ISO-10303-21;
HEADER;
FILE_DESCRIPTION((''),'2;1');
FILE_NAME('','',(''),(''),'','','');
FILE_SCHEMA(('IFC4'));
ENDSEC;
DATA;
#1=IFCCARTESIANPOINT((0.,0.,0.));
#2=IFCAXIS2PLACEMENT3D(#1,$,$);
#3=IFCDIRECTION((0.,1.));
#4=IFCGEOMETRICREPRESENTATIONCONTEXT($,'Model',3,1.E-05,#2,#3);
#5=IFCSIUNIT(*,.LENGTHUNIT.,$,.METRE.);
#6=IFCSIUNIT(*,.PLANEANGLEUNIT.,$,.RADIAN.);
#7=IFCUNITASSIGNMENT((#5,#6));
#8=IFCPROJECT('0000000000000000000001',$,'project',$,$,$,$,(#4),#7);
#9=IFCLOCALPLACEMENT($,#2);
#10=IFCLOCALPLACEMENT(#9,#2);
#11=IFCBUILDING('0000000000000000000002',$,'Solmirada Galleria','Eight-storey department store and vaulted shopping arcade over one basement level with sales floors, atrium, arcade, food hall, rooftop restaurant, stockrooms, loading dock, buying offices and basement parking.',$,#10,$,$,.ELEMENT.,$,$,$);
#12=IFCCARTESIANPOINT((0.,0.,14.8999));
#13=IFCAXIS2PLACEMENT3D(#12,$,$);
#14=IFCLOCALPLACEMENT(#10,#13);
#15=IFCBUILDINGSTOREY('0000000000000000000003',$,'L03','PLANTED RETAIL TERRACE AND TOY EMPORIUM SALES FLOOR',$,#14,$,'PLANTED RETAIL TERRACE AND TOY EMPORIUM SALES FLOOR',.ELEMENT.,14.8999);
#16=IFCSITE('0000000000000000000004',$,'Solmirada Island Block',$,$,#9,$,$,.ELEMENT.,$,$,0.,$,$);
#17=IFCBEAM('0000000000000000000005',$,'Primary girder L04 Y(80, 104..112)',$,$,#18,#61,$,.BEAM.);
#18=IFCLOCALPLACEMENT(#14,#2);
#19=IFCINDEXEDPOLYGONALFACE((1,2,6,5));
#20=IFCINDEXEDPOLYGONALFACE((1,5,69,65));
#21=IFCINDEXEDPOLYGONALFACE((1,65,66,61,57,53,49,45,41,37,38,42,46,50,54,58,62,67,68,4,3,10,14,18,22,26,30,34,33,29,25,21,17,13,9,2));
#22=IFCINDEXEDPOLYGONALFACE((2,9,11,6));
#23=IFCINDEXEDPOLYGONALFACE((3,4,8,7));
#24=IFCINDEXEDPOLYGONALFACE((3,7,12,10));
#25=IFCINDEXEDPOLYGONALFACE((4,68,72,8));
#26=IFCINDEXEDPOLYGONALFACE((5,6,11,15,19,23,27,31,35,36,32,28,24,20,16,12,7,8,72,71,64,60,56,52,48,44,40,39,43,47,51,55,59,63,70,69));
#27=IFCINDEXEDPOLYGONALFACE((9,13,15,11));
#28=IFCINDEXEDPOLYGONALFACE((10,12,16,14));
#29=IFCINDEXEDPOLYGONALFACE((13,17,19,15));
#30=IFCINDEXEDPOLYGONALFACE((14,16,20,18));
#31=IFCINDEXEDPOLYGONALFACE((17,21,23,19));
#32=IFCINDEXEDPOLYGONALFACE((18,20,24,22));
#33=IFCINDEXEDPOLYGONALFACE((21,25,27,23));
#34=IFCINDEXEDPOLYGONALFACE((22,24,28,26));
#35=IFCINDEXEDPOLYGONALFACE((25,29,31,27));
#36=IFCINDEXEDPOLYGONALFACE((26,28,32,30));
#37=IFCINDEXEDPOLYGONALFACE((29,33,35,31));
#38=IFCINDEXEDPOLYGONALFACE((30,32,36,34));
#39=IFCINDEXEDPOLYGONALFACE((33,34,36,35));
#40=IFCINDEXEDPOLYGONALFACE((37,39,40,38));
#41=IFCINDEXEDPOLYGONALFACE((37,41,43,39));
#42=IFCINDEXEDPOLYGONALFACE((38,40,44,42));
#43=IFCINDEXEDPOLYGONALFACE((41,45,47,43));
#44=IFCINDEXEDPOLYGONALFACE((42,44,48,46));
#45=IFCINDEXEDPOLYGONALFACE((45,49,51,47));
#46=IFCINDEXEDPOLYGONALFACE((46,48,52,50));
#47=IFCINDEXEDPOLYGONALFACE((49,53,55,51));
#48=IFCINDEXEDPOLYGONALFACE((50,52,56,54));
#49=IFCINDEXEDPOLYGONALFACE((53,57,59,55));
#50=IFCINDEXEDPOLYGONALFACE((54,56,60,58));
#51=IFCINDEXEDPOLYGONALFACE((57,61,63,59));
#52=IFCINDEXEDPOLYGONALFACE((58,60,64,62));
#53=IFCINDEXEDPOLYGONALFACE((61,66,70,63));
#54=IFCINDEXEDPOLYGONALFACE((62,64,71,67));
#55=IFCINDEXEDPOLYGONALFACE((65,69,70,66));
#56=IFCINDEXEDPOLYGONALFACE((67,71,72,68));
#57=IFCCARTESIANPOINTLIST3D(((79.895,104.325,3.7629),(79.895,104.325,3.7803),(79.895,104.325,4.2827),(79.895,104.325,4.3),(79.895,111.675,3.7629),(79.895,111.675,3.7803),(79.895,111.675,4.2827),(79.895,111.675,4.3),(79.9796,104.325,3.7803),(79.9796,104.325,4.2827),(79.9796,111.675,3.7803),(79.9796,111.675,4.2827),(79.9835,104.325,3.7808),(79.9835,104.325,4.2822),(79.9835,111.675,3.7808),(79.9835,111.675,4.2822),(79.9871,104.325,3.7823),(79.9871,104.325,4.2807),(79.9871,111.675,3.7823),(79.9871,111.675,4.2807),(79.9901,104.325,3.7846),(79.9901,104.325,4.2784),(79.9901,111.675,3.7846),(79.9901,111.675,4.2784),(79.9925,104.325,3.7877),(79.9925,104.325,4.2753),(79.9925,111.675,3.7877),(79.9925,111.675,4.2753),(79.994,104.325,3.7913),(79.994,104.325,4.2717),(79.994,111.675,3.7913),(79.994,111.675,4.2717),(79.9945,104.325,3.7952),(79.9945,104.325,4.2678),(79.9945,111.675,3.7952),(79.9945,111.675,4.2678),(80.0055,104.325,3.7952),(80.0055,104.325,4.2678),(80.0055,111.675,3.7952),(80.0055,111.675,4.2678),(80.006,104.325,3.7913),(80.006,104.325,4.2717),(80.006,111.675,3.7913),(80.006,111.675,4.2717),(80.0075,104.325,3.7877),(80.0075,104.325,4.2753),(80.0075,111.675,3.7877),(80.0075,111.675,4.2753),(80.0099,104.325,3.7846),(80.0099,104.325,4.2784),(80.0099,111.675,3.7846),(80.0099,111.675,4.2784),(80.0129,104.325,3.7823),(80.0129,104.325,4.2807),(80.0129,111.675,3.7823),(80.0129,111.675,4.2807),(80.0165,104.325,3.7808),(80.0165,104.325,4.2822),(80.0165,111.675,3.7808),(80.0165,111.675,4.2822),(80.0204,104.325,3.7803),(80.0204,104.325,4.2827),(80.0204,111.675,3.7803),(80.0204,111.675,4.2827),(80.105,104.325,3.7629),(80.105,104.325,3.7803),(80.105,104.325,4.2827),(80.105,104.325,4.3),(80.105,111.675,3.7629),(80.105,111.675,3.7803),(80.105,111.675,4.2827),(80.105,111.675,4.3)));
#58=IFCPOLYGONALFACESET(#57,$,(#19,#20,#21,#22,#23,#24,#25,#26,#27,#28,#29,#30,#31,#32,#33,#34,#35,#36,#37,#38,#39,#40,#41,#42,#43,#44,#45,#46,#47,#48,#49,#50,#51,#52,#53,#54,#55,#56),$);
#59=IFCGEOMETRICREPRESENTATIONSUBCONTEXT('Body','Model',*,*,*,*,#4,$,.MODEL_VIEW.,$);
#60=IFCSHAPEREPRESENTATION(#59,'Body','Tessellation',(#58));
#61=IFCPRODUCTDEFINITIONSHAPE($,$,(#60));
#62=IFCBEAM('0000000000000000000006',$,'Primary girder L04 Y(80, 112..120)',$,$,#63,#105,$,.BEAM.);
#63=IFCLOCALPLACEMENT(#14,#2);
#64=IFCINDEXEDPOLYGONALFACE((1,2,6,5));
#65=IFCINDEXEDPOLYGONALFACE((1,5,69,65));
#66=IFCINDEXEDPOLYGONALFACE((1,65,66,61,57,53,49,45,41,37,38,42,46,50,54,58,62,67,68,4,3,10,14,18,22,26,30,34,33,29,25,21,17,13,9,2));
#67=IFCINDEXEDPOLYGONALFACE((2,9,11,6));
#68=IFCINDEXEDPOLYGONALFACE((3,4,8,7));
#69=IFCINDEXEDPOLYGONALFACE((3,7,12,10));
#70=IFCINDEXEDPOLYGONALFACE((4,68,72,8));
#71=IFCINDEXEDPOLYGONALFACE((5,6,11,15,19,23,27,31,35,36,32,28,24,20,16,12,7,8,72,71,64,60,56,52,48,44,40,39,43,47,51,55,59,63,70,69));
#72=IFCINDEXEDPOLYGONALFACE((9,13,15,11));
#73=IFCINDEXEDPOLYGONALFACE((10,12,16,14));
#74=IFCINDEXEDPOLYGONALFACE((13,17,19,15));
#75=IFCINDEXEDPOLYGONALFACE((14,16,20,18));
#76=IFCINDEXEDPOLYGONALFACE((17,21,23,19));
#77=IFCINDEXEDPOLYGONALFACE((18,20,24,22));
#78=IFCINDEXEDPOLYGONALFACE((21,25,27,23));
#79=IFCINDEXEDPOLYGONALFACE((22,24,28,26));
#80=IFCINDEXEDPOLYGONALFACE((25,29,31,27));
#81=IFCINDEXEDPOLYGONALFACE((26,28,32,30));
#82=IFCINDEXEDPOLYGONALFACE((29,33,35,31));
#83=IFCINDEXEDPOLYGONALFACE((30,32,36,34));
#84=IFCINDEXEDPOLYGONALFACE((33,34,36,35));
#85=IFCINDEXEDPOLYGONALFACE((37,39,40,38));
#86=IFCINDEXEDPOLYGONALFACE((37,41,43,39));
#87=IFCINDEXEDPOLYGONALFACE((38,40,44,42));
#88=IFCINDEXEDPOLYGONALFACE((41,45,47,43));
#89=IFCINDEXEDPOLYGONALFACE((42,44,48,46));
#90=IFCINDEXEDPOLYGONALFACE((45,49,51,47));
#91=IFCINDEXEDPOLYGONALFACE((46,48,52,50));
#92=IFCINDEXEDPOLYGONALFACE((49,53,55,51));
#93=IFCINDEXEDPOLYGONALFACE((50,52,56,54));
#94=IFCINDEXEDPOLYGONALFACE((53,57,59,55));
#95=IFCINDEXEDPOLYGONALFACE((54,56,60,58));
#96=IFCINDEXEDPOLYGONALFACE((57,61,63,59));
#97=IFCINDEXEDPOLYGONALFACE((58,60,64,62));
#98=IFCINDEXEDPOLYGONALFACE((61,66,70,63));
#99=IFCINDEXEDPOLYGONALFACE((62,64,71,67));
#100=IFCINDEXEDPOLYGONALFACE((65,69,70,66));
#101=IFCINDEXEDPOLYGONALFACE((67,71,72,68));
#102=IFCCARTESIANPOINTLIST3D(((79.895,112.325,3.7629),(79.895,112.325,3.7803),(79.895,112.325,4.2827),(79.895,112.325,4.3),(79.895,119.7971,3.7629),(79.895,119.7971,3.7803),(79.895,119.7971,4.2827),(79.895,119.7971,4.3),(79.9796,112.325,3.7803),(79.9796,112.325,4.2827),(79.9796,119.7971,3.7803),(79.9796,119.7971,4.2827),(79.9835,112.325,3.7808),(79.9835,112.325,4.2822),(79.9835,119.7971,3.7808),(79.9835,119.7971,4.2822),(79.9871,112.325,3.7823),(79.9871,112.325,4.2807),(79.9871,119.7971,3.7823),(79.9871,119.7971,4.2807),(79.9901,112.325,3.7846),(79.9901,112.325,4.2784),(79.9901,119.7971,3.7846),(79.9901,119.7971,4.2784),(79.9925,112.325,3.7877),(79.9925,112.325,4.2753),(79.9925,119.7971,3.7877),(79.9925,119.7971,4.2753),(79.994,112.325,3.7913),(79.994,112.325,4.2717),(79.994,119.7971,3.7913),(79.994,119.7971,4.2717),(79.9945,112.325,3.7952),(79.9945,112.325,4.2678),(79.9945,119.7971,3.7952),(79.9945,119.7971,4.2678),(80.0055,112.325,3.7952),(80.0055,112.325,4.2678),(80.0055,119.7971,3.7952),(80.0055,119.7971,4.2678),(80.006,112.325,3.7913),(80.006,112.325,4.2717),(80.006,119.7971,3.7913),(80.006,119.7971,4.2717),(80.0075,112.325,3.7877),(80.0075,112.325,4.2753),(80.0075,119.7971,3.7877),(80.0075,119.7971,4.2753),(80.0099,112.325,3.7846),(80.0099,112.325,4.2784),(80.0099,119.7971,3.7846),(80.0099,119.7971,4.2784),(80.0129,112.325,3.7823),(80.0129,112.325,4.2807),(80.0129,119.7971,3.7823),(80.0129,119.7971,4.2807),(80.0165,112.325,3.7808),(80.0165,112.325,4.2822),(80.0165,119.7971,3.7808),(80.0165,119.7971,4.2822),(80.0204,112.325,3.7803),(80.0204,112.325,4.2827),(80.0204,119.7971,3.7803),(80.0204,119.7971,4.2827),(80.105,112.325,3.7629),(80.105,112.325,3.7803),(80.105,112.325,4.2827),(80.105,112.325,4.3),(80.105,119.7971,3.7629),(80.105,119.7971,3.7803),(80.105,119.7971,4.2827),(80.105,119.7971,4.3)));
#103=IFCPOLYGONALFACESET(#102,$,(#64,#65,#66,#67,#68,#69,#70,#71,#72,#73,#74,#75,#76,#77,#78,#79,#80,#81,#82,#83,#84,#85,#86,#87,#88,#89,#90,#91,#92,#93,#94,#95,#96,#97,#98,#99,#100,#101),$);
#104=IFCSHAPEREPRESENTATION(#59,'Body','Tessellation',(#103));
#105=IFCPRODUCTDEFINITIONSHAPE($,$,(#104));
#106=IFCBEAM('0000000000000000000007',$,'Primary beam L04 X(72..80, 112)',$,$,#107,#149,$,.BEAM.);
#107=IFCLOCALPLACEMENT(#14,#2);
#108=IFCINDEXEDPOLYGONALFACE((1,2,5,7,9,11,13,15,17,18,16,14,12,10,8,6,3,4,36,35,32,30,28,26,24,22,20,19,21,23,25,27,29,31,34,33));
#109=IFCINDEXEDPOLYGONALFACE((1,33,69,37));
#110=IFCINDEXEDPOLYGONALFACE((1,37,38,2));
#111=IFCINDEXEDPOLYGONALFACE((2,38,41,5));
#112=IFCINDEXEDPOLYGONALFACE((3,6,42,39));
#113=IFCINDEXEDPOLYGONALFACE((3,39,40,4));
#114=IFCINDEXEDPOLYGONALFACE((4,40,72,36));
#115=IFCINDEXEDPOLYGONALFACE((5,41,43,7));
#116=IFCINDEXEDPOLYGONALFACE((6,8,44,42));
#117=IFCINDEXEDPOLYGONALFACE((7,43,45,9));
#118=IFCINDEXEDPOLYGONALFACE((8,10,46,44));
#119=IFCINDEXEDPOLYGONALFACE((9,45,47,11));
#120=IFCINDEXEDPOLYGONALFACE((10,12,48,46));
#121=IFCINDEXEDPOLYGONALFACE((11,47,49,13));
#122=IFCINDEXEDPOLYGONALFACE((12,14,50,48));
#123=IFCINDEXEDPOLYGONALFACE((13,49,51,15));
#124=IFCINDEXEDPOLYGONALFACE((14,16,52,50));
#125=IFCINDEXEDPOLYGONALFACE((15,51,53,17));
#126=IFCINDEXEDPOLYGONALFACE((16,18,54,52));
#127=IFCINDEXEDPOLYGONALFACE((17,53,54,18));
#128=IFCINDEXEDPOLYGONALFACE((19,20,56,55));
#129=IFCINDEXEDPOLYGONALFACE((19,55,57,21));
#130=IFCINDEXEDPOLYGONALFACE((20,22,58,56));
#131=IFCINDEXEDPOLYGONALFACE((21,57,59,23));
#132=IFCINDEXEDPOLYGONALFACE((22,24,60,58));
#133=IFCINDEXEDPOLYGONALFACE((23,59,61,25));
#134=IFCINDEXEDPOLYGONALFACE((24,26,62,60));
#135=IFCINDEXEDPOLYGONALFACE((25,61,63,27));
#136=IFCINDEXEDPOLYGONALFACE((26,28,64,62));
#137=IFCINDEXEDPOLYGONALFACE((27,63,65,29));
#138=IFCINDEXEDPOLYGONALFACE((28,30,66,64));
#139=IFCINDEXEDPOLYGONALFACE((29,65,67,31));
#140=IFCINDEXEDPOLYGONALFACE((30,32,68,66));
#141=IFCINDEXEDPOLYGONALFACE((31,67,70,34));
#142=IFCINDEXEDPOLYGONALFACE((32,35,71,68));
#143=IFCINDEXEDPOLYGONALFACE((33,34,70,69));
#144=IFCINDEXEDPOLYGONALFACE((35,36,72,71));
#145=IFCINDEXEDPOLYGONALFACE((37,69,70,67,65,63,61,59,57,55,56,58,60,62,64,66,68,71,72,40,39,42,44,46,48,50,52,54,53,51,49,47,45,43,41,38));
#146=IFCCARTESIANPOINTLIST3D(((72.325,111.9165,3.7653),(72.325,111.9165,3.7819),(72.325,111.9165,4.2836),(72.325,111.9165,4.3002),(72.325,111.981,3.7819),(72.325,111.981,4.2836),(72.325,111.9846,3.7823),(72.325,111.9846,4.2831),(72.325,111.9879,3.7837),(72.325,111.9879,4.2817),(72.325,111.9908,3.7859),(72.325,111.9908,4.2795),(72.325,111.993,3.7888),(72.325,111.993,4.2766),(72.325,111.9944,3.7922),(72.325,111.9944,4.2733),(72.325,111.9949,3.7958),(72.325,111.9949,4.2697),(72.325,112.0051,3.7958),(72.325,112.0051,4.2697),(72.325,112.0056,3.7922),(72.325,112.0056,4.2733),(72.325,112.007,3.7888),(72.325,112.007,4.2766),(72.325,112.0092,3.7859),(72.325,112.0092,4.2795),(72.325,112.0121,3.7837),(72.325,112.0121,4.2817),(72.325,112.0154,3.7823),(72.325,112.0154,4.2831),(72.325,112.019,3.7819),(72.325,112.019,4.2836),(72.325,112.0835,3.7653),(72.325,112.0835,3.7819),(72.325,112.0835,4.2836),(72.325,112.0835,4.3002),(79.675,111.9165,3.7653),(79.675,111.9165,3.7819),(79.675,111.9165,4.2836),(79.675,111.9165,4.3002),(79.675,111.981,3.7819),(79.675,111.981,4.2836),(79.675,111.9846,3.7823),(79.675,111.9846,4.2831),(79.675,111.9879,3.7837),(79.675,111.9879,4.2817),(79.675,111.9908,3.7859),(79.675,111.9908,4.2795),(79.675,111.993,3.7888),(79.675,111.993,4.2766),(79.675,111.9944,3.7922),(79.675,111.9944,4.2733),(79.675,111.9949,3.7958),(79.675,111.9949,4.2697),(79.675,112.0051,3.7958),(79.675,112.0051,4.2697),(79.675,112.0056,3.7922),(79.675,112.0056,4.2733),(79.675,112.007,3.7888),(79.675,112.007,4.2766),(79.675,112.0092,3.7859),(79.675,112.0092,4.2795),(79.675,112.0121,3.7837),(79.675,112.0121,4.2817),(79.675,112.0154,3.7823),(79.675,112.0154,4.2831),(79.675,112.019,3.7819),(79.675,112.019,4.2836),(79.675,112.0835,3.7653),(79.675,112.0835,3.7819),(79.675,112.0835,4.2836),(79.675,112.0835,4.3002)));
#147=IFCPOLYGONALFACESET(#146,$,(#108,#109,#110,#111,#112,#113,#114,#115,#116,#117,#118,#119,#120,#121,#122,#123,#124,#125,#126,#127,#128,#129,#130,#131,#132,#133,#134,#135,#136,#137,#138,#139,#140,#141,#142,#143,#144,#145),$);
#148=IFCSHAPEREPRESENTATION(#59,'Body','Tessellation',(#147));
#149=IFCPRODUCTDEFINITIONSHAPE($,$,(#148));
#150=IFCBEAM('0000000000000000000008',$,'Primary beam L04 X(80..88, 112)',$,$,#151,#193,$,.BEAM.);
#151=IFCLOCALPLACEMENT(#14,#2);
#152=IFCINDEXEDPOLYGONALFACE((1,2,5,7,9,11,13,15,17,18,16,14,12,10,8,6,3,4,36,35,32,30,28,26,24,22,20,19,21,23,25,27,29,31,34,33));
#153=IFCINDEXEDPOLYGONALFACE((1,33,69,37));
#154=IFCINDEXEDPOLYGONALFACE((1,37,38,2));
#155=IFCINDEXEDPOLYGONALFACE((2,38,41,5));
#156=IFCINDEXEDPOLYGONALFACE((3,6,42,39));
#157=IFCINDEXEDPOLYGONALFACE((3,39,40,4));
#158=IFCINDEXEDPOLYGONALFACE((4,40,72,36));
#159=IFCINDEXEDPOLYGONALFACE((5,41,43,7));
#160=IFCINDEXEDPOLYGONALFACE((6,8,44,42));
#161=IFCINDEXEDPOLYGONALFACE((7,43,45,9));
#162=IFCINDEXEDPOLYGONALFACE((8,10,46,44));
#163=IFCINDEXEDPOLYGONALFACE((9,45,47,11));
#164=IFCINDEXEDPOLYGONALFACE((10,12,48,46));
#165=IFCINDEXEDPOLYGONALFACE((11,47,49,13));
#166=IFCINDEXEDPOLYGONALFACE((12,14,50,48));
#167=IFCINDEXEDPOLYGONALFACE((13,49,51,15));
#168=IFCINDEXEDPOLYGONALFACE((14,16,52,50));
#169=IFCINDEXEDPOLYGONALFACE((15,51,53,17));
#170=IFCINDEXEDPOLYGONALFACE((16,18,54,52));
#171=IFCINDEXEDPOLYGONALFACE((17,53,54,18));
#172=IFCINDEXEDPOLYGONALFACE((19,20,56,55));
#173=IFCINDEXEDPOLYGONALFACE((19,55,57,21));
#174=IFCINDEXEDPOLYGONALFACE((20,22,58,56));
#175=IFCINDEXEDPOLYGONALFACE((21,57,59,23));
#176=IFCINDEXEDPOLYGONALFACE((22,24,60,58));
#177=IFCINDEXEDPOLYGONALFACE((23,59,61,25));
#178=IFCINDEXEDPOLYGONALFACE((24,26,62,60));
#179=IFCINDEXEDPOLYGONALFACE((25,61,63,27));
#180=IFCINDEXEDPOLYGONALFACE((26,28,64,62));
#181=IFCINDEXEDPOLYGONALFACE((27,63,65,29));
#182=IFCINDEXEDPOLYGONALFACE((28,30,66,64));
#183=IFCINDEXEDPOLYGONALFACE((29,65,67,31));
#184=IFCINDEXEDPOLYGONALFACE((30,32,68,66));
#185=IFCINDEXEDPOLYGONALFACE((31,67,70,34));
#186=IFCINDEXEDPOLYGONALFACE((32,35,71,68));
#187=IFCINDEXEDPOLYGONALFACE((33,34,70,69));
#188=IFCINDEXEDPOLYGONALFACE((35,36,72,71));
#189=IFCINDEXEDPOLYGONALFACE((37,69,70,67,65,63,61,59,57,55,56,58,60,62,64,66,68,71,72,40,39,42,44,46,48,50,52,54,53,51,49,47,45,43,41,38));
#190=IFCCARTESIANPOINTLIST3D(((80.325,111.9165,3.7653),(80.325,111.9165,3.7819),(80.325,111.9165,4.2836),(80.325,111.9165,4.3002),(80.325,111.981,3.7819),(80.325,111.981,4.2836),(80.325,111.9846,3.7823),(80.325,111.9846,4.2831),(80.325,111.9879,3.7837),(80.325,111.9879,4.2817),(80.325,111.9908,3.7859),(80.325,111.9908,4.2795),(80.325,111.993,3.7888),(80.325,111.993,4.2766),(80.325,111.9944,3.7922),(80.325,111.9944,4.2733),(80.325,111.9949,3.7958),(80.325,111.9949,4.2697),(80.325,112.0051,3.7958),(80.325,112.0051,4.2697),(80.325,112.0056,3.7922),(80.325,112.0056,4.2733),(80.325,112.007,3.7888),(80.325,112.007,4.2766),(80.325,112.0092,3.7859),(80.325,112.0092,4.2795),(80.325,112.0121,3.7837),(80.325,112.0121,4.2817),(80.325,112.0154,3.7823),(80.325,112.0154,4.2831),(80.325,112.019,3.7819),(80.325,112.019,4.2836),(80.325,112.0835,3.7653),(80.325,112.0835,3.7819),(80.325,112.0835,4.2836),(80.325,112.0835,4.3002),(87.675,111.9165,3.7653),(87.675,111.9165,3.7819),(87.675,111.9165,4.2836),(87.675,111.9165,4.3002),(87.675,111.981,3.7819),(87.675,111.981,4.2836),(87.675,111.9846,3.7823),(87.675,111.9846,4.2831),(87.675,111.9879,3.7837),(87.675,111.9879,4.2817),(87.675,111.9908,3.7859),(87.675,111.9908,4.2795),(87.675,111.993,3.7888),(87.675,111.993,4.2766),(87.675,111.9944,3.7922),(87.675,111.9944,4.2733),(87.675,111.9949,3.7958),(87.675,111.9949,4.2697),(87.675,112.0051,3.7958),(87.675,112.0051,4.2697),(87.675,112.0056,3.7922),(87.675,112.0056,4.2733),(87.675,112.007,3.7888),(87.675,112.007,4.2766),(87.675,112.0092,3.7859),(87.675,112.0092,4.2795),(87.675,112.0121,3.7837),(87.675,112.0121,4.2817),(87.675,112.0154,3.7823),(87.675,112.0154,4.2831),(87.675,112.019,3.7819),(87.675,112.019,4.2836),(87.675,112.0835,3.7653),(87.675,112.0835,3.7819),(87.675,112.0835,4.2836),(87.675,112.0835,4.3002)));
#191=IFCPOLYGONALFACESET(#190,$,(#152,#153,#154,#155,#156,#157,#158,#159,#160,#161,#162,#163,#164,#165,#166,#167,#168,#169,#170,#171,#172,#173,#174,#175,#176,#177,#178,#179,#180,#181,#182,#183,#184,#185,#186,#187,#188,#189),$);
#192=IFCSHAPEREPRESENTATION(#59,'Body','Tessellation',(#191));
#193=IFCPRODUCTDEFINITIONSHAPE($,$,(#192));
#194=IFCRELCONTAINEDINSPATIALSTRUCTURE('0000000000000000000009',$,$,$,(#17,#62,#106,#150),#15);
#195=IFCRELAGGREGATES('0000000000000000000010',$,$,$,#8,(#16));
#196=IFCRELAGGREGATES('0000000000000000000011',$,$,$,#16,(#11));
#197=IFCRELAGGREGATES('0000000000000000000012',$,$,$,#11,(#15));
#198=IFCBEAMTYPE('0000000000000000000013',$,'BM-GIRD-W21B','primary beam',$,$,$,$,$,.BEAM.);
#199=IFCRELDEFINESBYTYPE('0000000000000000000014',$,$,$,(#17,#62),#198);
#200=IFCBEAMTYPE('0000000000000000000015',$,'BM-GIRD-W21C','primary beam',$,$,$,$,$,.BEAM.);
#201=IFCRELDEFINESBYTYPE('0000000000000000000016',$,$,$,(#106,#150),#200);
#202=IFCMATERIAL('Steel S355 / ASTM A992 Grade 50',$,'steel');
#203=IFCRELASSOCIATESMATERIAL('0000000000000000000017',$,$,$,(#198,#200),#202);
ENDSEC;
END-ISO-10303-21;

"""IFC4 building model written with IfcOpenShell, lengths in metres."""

from ifc_helpers import new_model, si_unit, direction, frame, origin, origin_2d, place, context, subcontext, project, spatial, i_section, extrude, material, material_profile, profile_set, type_object, element, save


model = new_model("IFC4")

# Units and contexts
model_context = context("Model", 3, precision=1e-05, world=origin(), true_north=direction((0.0, 1.0)))
body_context = subcontext(model_context, "Body", "Model", "MODEL_VIEW")
ifc_project = project(units=[si_unit("LENGTHUNIT", "METRE"), si_unit("PLANEANGLEUNIT", "RADIAN")], contexts=[model_context])

# Site, building, storey
site_placement = place(None, origin())
site = spatial("IfcSite", under=ifc_project, at=site_placement, Name="Solmirada Island Block", CompositionType="ELEMENT", RefElevation=0.0)
building_placement = place(site_placement, origin())
building = spatial("IfcBuilding", under=site, at=building_placement, Name="Solmirada Galleria", Description="Eight-storey department store and vaulted shopping arcade over one basement level with sales floors, atrium, arcade, food hall, rooftop restaurant, stockrooms, loading dock, buying offices and basement parking.", CompositionType="ELEMENT")
storey_placement = place(building_placement, frame((0.0, 0.0, 14.8999)))
storey = spatial("IfcBuildingStorey", under=building, at=storey_placement, Name="L03", Description="PLANTED RETAIL TERRACE AND TOY EMPORIUM SALES FLOOR", LongName="PLANTED RETAIL TERRACE AND TOY EMPORIUM SALES FLOOR", CompositionType="ELEMENT", Elevation=14.8999)

# Beams
ifc_material_1 = material(Name="Steel S355 / ASTM A992 Grade 50", Category="steel")
ifc_material_profile_1 = material_profile(ifc_material_1, i_section(OverallWidth=0.21, OverallDepth=0.5371, WebThickness=0.011, FlangeThickness=0.0173, FilletRadius=0.0149, at=origin_2d()), Name="W21X68")
ifc_profile_set_1 = profile_set([ifc_material_profile_1], Name="Steel S355 / ASTM A992 Grade 50")
beam_type_1 = type_object("IfcBeamType", Name="BM-GIRD-W21B", Description="primary beam", PredefinedType="BEAM", material=ifc_profile_set_1)
beam_1_placement = place(storey_placement, frame((80.0, 104.325, 4.0315), z_axis=(0.0, 1.0, 0.0), x_axis=(-1.0, 0.0, 0.0)))
element("IfcBeam", 1, at=beam_1_placement, inside=storey, type_object=beam_type_1, Name="Primary girder L04 Y(80, 104..112)", PredefinedType="BEAM", context=body_context, shape_type="SweptSolid", body=[
    extrude(i_section(OverallWidth=0.21, OverallDepth=0.5371, WebThickness=0.011, FlangeThickness=0.0173, FilletRadius=0.0149, at=origin_2d()), origin(), (0.0, 0.0, 1.0), 7.3501),
])
beam_2_placement = place(storey_placement, frame((80.0, 112.325, 4.0315), z_axis=(0.0, 1.0, 0.0), x_axis=(-1.0, 0.0, 0.0)))
element("IfcBeam", 2, at=beam_2_placement, inside=storey, type_object=beam_type_1, Name="Primary girder L04 Y(80, 112..120)", PredefinedType="BEAM", context=body_context, shape_type="SweptSolid", body=[
    extrude(i_section(OverallWidth=0.21, OverallDepth=0.5371, WebThickness=0.011, FlangeThickness=0.0173, FilletRadius=0.0149, at=origin_2d()), origin(), (0.0, 0.0, 1.0), 7.4722),
])
ifc_material_profile_2 = material_profile(ifc_material_1, i_section(OverallWidth=0.167, OverallDepth=0.5349, WebThickness=0.0103, FlangeThickness=0.0166, FilletRadius=0.0139, at=origin_2d()), Name="W21X57")
ifc_profile_set_2 = profile_set([ifc_material_profile_2], Name="Steel S355 / ASTM A992 Grade 50")
beam_type_2 = type_object("IfcBeamType", Name="BM-GIRD-W21C", Description="primary beam", PredefinedType="BEAM", material=ifc_profile_set_2)
for number, where, z_axis, x_axis, name in (
    (3, (72.325, 112.0, 4.0327), (1.0, 0.0, 0.0), (0.0, 1.0, 0.0), "Primary beam L04 X(72..80, 112)"),
    (4, (80.325, 112.0, 4.0327), (1.0, 0.0, 0.0), (0.0, 1.0, 0.0), "Primary beam L04 X(80..88, 112)"),
):
    element("IfcBeam", number, at=place(storey_placement, frame(where, z_axis=z_axis, x_axis=x_axis)), inside=storey, type_object=beam_type_2, Name=name, PredefinedType="BEAM", context=body_context, shape_type="SweptSolid", body=[
        extrude(i_section(OverallWidth=0.167, OverallDepth=0.5349, WebThickness=0.0103, FlangeThickness=0.0166, FilletRadius=0.0139, at=origin_2d()), origin(), (0.0, 0.0, 1.0), 7.3501),
    ])

save(model, "model.ifc")
